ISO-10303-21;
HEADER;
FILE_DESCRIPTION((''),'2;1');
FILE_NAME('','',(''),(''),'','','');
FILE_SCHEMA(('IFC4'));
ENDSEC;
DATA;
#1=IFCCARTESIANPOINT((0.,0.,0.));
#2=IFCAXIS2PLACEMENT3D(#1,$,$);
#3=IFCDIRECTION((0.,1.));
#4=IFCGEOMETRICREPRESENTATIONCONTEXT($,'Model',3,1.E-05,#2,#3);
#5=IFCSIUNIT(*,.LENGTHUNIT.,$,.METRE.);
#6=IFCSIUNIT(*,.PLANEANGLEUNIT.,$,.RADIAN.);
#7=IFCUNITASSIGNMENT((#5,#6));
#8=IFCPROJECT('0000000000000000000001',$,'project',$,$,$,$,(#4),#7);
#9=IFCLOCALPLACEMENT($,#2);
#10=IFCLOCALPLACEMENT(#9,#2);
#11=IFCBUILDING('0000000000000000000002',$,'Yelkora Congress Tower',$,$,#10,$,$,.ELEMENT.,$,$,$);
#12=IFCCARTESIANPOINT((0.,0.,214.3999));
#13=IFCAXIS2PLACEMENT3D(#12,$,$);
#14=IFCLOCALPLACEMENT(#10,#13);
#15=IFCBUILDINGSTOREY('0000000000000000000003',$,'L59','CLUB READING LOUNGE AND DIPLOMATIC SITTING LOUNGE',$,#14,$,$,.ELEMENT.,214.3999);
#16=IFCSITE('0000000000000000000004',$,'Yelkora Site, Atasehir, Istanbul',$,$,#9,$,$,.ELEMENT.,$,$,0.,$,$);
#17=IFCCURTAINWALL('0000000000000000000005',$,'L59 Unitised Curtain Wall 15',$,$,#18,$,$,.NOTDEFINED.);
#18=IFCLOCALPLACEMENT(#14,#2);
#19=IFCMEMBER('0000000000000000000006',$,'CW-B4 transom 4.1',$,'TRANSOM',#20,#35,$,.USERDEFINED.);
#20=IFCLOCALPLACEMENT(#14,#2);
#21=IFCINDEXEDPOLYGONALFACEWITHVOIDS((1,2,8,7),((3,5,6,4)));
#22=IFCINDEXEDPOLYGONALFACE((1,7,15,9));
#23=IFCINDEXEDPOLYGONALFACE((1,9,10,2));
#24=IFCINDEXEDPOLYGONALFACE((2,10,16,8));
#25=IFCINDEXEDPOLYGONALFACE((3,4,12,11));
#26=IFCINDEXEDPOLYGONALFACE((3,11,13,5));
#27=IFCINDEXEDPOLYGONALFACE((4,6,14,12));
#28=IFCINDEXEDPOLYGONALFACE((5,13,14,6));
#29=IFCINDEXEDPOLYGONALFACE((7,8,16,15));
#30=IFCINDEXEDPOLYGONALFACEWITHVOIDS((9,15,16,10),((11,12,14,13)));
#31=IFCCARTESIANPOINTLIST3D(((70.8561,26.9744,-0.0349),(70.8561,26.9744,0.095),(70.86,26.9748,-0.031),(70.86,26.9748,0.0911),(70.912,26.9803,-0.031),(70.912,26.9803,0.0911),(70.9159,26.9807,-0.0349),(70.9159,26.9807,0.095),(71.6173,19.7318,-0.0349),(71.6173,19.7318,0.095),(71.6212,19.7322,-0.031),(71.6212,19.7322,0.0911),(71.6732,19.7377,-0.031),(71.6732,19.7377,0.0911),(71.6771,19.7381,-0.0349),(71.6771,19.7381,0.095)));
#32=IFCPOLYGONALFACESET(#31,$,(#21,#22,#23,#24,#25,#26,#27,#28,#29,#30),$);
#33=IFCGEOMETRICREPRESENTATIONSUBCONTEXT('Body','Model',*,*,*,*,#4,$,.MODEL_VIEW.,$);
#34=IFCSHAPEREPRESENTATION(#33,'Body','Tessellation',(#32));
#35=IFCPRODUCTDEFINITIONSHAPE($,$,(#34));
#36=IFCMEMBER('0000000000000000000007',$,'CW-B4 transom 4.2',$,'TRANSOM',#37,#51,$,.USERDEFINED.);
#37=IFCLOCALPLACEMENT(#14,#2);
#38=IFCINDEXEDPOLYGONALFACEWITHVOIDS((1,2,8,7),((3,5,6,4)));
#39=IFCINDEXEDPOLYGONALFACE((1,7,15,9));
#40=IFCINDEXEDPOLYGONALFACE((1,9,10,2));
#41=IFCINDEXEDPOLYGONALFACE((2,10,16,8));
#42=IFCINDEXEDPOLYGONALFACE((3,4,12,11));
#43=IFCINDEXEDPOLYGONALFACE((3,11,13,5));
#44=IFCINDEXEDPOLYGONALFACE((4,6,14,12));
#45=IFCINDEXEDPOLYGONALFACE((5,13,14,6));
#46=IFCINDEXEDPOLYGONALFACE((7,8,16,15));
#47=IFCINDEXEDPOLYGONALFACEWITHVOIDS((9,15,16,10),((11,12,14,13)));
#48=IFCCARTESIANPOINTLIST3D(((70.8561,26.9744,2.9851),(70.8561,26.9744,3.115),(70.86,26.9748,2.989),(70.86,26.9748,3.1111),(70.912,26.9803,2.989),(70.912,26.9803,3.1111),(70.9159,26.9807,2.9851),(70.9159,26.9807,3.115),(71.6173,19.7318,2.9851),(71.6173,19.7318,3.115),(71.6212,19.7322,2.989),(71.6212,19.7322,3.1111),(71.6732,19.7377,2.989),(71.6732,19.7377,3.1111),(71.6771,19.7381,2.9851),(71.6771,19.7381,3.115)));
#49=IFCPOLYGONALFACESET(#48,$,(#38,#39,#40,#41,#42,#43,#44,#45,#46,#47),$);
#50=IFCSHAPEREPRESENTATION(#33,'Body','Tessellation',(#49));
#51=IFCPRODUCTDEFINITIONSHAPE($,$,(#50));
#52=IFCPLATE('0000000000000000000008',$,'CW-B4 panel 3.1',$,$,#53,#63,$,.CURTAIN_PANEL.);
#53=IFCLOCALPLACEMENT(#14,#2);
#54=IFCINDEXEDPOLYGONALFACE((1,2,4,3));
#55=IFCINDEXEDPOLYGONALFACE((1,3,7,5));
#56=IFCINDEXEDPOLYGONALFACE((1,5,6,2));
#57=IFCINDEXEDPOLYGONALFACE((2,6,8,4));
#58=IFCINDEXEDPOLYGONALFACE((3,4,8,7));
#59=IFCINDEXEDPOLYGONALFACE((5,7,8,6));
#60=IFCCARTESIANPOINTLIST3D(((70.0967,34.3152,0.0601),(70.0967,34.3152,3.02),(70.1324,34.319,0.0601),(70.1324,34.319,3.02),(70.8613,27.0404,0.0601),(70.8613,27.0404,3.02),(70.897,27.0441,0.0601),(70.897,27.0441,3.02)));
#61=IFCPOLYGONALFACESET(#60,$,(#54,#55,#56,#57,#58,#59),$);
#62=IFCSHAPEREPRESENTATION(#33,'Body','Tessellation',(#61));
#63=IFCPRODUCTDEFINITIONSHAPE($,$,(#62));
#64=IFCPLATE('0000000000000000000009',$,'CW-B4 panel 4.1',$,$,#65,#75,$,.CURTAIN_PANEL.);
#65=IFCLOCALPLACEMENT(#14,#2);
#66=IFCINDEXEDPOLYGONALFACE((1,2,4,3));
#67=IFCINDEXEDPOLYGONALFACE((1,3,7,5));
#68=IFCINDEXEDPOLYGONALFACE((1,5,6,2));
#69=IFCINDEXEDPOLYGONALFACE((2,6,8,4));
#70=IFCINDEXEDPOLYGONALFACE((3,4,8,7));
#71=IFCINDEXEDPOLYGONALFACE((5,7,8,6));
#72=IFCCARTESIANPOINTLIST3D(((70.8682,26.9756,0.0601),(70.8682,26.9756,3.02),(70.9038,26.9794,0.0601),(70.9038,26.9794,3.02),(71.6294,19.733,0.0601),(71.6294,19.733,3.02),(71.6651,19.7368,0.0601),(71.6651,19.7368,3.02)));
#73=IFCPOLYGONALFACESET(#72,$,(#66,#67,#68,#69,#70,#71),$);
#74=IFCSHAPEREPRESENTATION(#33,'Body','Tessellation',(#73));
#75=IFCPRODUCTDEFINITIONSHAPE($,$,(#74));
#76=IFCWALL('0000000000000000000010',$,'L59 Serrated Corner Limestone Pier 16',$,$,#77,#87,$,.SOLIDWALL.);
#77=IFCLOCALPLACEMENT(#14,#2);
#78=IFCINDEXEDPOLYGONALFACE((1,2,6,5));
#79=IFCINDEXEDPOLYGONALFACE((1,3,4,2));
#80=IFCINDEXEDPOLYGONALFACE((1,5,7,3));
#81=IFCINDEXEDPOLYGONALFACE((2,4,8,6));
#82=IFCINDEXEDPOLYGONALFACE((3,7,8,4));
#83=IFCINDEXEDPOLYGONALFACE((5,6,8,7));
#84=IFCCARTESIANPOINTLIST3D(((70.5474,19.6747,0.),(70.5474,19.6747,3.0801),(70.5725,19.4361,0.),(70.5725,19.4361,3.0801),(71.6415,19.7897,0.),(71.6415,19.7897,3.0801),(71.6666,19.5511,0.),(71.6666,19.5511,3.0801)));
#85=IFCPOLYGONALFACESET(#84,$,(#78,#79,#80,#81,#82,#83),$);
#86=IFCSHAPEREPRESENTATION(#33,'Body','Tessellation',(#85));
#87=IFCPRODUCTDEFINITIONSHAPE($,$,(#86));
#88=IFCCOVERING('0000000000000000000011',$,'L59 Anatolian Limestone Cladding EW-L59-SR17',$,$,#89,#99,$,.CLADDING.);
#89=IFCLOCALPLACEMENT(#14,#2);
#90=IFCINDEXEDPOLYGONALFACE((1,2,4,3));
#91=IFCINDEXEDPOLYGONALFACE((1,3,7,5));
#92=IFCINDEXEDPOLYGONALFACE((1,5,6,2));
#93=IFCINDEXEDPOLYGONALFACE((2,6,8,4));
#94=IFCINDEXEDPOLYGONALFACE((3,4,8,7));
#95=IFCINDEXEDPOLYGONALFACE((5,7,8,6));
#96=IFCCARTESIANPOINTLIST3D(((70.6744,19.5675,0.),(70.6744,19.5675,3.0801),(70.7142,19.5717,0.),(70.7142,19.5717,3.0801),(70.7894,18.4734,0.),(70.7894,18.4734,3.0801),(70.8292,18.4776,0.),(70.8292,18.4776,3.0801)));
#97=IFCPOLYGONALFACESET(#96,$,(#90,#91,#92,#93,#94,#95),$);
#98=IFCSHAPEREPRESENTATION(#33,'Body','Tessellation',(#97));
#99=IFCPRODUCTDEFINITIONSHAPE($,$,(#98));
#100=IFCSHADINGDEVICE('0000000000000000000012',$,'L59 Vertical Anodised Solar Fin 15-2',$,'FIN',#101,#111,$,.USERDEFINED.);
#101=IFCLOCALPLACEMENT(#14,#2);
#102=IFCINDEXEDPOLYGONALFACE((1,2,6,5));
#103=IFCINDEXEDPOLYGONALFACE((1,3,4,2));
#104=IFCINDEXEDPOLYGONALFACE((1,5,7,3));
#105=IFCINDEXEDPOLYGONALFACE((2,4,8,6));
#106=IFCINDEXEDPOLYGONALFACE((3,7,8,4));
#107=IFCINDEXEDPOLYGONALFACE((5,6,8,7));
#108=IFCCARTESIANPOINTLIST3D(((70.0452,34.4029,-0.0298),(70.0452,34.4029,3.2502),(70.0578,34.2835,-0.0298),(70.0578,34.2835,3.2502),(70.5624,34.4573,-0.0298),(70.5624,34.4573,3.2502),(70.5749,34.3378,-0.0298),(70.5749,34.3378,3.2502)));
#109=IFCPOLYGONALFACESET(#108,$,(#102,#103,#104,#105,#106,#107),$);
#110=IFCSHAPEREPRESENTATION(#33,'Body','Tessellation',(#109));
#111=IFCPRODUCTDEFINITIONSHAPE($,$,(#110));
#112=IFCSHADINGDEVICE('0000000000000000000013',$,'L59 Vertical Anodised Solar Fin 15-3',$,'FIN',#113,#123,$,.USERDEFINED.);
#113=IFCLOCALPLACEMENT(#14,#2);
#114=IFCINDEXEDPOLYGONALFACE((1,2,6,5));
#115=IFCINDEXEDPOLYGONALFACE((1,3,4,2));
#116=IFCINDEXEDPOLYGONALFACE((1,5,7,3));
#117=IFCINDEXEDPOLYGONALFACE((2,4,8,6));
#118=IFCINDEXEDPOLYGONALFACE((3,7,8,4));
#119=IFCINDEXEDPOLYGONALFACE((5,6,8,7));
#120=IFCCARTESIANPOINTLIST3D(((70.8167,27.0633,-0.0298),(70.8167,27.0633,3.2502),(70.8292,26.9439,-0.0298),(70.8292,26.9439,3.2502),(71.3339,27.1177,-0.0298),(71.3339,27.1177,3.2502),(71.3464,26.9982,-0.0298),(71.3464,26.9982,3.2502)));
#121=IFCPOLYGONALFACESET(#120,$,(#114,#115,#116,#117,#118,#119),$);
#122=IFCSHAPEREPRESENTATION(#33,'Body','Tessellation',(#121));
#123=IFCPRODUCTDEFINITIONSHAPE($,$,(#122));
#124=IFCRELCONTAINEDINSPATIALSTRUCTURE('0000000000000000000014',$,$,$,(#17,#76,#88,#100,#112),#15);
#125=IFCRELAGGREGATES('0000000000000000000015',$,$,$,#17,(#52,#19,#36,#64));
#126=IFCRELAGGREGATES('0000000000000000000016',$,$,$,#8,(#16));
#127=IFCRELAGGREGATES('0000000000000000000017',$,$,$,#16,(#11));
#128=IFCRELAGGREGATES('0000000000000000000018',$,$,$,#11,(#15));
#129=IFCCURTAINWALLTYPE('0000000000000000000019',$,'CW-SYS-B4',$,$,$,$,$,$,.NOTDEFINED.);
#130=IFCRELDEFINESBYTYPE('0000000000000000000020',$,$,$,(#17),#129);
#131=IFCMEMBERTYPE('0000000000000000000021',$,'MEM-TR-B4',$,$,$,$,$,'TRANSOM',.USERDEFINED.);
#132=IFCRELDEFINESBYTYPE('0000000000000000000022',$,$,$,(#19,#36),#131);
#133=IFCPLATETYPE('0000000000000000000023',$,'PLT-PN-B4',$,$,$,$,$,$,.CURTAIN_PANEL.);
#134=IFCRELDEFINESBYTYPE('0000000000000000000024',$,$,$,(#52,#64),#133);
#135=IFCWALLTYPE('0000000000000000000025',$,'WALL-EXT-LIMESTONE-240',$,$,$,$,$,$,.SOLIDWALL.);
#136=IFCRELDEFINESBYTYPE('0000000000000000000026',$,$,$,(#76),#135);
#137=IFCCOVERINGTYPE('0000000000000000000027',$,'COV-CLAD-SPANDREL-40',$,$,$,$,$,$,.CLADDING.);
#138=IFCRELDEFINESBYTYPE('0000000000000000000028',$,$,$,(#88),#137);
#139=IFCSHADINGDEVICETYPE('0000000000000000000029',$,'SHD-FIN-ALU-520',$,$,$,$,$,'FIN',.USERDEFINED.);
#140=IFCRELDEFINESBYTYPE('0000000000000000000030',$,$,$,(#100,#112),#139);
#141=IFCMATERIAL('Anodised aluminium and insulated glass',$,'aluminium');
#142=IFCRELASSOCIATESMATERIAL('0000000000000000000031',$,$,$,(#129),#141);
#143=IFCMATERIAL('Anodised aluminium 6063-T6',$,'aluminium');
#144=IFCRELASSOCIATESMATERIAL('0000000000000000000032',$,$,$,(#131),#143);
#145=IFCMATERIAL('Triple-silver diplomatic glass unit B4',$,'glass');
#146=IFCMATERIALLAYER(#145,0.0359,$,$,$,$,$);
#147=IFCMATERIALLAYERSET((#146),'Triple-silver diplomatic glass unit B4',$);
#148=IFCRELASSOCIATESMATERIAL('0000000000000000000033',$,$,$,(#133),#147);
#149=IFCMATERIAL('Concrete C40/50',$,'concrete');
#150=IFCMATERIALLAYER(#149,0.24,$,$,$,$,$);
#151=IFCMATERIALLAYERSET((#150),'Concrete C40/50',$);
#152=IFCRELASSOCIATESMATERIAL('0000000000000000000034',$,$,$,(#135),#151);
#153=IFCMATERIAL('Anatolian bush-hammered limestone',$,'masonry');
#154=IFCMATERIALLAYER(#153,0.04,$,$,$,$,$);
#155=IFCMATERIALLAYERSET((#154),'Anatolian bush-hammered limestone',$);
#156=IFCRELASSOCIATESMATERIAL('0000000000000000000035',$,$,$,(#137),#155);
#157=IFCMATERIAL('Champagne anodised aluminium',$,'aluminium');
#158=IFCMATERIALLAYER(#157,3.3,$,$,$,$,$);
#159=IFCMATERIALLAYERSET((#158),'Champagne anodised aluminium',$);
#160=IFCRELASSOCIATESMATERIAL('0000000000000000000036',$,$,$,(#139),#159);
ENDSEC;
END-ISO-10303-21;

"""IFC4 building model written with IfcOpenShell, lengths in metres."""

from ifc_helpers import new_model, si_unit, direction, frame, frame_2d, origin, origin_2d, place, context, subcontext, project, spatial, rectangle, hollow_rectangle, extrude, material, layer, layer_set, material_profile, profile_set, type_object, element, aggregate, save


model = new_model("IFC4")

# Units and contexts
model_context = context("Model", 3, precision=1e-05, world=origin(), true_north=direction((0.0, 1.0)))
body_context = subcontext(model_context, "Body", "Model", "MODEL_VIEW")
ifc_project = project(units=[si_unit("LENGTHUNIT", "METRE"), si_unit("PLANEANGLEUNIT", "RADIAN")], contexts=[model_context])

# Site, building, storey
site_placement = place(None, origin())
site = spatial("IfcSite", under=ifc_project, at=site_placement, Name="Yelkora Site, Atasehir, Istanbul", CompositionType="ELEMENT", RefElevation=0.0)
building_placement = place(site_placement, origin())
building = spatial("IfcBuilding", under=site, at=building_placement, Name="Yelkora Congress Tower", CompositionType="ELEMENT")
storey_placement = place(building_placement, frame((0.0, 0.0, 214.3999)))
storey = spatial("IfcBuildingStorey", under=building, at=storey_placement, Name="L59", Description="CLUB READING LOUNGE AND DIPLOMATIC SITTING LOUNGE", CompositionType="ELEMENT", Elevation=214.3999)

# Curtain wall, members, plates
ifc_material_1 = material(Name="Anodised aluminium and insulated glass", Category="aluminium")
curtain_wall_type = type_object("IfcCurtainWallType", Name="CW-SYS-B4", PredefinedType="NOTDEFINED", material=ifc_material_1)
curtain_wall_placement = place(storey_placement, origin())
curtain_wall = element("IfcCurtainWall", 1, at=curtain_wall_placement, inside=storey, type_object=curtain_wall_type, Name="L59 Unitised Curtain Wall 15", PredefinedType="NOTDEFINED")
ifc_material_2 = material(Name="Anodised aluminium 6063-T6", Category="aluminium")
ifc_material_profile_1 = material_profile(ifc_material_2, hollow_rectangle(XDim=0.0601, YDim=0.1299, WallThickness=0.0039, at=origin_2d()), Name="ALU 60x130x4")
ifc_profile_set_1 = profile_set([ifc_material_profile_1], Name="Anodised aluminium 6063-T6")
member_type_1 = type_object("IfcMemberType", Name="MEM-TR-B4", ElementType="TRANSOM", PredefinedType="USERDEFINED", material=ifc_profile_set_1)
member_1_placement = place(storey_placement, frame((70.886, 26.9775, 0.03), z_axis=(0.104528, -0.994522, 0.0), x_axis=(0.994522, 0.104528, 0.0)))
member_1 = element("IfcMember", 2, at=member_1_placement, type_object=member_type_1, Name="CW-B4 transom 4.1", ObjectType="TRANSOM", PredefinedType="USERDEFINED", context=body_context, shape_type="SweptSolid", body=[
    extrude(hollow_rectangle(XDim=0.0601, YDim=0.1299, WallThickness=0.0039, at=origin_2d()), origin(), (0.0, 0.0, 1.0), 7.2825),
])
member_2_placement = place(storey_placement, frame((70.886, 26.9775, 3.05), z_axis=(0.104528, -0.994522, 0.0), x_axis=(0.994522, 0.104528, 0.0)))
member_2 = element("IfcMember", 3, at=member_2_placement, type_object=member_type_1, Name="CW-B4 transom 4.2", ObjectType="TRANSOM", PredefinedType="USERDEFINED", context=body_context, shape_type="SweptSolid", body=[
    extrude(hollow_rectangle(XDim=0.0601, YDim=0.1299, WallThickness=0.0039, at=origin_2d()), origin(), (0.0, 0.0, 1.0), 7.2825),
])
ifc_material_3 = material(Name="Triple-silver diplomatic glass unit B4", Category="glass")
ifc_layer_1 = layer(ifc_material_3, 0.0359)
ifc_layer_set_1 = layer_set([ifc_layer_1], Name="Triple-silver diplomatic glass unit B4")
plate_type = type_object("IfcPlateType", Name="PLT-PN-B4", PredefinedType="CURTAIN_PANEL", material=ifc_layer_set_1)
plate_1_placement = place(storey_placement, frame((70.4968, 30.6797, 0.0601), z_axis=(0.0, 0.0, 1.0), x_axis=(0.104526, -0.994522, 0.0)))
plate_1 = element("IfcPlate", 4, at=plate_1_placement, type_object=plate_type, Name="CW-B4 panel 3.1", PredefinedType="CURTAIN_PANEL", context=body_context, shape_type="SweptSolid", body=[
    extrude(rectangle(XDim=7.3149, YDim=0.0359, at=origin_2d()), origin(), (0.0, 0.0, 1.0), 2.96),
])
plate_2_placement = place(storey_placement, frame((71.2666, 23.3562, 0.0601), z_axis=(0.0, 0.0, 1.0), x_axis=(0.104526, -0.994522, 0.0)))
plate_2 = element("IfcPlate", 5, at=plate_2_placement, type_object=plate_type, Name="CW-B4 panel 4.1", PredefinedType="CURTAIN_PANEL", context=body_context, shape_type="SweptSolid", body=[
    extrude(rectangle(XDim=7.2825, YDim=0.0359, at=origin_2d()), origin(), (0.0, 0.0, 1.0), 2.96),
])
aggregate(curtain_wall, [plate_1, member_1, member_2, plate_2])

# Wall
ifc_material_4 = material(Name="Concrete C40/50", Category="concrete")
ifc_layer_2 = layer(ifc_material_4, 0.24)
ifc_layer_set_2 = layer_set([ifc_layer_2], Name="Concrete C40/50")
wall_type = type_object("IfcWallType", Name="WALL-EXT-LIMESTONE-240", PredefinedType="SOLIDWALL", material=ifc_layer_set_2)
wall_placement = place(storey_placement, frame((71.6541, 19.6704, 0.0), z_axis=(0.0, 0.0, 1.0), x_axis=(-0.994521, -0.104535, 0.0)))
element("IfcWall", 6, at=wall_placement, inside=storey, type_object=wall_type, Name="L59 Serrated Corner Limestone Pier 16", PredefinedType="SOLIDWALL", context=body_context, shape_type="SweptSolid", body=[
    extrude(rectangle(XDim=1.1001, YDim=0.24, at=frame_2d((0.55, 0.0))), origin(), (0.0, 0.0, 1.0), 3.0801),
])

# Covering
ifc_material_5 = material(Name="Anatolian bush-hammered limestone", Category="masonry")
ifc_layer_3 = layer(ifc_material_5, 0.04)
ifc_layer_set_3 = layer_set([ifc_layer_3], Name="Anatolian bush-hammered limestone")
covering_type = type_object("IfcCoveringType", Name="COV-CLAD-SPANDREL-40", PredefinedType="CLADDING", material=ifc_layer_set_3)
covering_placement = place(storey_placement, frame((70.6943, 19.5696, 0.0), z_axis=(0.0, 0.0, 1.0), x_axis=(0.104535, -0.994521, 0.0)))
element("IfcCovering", 7, at=covering_placement, inside=storey, type_object=covering_type, Name="L59 Anatolian Limestone Cladding EW-L59-SR17", PredefinedType="CLADDING", context=body_context, shape_type="SweptSolid", body=[
    extrude(rectangle(XDim=1.1001, YDim=0.04, at=frame_2d((0.55, 0.0))), origin(), (0.0, 0.0, 1.0), 3.0801),
])

# Shading devices
ifc_material_6 = material(Name="Champagne anodised aluminium", Category="aluminium")
ifc_layer_4 = layer(ifc_material_6, 3.3)
ifc_layer_set_4 = layer_set([ifc_layer_4], Name="Champagne anodised aluminium")
shading_device_type = type_object("IfcShadingDeviceType", Name="SHD-FIN-ALU-520", ElementType="FIN", PredefinedType="USERDEFINED", material=ifc_layer_set_4)
for number, where, z_axis, x_axis, name in (
    (8, (70.3101, 34.3704, -0.0298), (0.0, 0.0, 1.0), (0.104528, -0.994522, 0.0), "L59 Vertical Anodised Solar Fin 15-2"),
    (9, (71.0815, 27.0308, -0.0298), (0.0, 0.0, 1.0), (0.104528, -0.994522, 0.0), "L59 Vertical Anodised Solar Fin 15-3"),
):
    element("IfcShadingDevice", number, at=place(storey_placement, frame(where, z_axis=z_axis, x_axis=x_axis)), inside=storey, type_object=shading_device_type, Name=name, ObjectType="FIN", PredefinedType="USERDEFINED", context=body_context, shape_type="SweptSolid", body=[
        extrude(rectangle(XDim=0.1201, YDim=0.52, at=origin_2d()), origin(), (0.0, 0.0, 1.0), 3.28),
    ])

save(model, "model.ifc")
